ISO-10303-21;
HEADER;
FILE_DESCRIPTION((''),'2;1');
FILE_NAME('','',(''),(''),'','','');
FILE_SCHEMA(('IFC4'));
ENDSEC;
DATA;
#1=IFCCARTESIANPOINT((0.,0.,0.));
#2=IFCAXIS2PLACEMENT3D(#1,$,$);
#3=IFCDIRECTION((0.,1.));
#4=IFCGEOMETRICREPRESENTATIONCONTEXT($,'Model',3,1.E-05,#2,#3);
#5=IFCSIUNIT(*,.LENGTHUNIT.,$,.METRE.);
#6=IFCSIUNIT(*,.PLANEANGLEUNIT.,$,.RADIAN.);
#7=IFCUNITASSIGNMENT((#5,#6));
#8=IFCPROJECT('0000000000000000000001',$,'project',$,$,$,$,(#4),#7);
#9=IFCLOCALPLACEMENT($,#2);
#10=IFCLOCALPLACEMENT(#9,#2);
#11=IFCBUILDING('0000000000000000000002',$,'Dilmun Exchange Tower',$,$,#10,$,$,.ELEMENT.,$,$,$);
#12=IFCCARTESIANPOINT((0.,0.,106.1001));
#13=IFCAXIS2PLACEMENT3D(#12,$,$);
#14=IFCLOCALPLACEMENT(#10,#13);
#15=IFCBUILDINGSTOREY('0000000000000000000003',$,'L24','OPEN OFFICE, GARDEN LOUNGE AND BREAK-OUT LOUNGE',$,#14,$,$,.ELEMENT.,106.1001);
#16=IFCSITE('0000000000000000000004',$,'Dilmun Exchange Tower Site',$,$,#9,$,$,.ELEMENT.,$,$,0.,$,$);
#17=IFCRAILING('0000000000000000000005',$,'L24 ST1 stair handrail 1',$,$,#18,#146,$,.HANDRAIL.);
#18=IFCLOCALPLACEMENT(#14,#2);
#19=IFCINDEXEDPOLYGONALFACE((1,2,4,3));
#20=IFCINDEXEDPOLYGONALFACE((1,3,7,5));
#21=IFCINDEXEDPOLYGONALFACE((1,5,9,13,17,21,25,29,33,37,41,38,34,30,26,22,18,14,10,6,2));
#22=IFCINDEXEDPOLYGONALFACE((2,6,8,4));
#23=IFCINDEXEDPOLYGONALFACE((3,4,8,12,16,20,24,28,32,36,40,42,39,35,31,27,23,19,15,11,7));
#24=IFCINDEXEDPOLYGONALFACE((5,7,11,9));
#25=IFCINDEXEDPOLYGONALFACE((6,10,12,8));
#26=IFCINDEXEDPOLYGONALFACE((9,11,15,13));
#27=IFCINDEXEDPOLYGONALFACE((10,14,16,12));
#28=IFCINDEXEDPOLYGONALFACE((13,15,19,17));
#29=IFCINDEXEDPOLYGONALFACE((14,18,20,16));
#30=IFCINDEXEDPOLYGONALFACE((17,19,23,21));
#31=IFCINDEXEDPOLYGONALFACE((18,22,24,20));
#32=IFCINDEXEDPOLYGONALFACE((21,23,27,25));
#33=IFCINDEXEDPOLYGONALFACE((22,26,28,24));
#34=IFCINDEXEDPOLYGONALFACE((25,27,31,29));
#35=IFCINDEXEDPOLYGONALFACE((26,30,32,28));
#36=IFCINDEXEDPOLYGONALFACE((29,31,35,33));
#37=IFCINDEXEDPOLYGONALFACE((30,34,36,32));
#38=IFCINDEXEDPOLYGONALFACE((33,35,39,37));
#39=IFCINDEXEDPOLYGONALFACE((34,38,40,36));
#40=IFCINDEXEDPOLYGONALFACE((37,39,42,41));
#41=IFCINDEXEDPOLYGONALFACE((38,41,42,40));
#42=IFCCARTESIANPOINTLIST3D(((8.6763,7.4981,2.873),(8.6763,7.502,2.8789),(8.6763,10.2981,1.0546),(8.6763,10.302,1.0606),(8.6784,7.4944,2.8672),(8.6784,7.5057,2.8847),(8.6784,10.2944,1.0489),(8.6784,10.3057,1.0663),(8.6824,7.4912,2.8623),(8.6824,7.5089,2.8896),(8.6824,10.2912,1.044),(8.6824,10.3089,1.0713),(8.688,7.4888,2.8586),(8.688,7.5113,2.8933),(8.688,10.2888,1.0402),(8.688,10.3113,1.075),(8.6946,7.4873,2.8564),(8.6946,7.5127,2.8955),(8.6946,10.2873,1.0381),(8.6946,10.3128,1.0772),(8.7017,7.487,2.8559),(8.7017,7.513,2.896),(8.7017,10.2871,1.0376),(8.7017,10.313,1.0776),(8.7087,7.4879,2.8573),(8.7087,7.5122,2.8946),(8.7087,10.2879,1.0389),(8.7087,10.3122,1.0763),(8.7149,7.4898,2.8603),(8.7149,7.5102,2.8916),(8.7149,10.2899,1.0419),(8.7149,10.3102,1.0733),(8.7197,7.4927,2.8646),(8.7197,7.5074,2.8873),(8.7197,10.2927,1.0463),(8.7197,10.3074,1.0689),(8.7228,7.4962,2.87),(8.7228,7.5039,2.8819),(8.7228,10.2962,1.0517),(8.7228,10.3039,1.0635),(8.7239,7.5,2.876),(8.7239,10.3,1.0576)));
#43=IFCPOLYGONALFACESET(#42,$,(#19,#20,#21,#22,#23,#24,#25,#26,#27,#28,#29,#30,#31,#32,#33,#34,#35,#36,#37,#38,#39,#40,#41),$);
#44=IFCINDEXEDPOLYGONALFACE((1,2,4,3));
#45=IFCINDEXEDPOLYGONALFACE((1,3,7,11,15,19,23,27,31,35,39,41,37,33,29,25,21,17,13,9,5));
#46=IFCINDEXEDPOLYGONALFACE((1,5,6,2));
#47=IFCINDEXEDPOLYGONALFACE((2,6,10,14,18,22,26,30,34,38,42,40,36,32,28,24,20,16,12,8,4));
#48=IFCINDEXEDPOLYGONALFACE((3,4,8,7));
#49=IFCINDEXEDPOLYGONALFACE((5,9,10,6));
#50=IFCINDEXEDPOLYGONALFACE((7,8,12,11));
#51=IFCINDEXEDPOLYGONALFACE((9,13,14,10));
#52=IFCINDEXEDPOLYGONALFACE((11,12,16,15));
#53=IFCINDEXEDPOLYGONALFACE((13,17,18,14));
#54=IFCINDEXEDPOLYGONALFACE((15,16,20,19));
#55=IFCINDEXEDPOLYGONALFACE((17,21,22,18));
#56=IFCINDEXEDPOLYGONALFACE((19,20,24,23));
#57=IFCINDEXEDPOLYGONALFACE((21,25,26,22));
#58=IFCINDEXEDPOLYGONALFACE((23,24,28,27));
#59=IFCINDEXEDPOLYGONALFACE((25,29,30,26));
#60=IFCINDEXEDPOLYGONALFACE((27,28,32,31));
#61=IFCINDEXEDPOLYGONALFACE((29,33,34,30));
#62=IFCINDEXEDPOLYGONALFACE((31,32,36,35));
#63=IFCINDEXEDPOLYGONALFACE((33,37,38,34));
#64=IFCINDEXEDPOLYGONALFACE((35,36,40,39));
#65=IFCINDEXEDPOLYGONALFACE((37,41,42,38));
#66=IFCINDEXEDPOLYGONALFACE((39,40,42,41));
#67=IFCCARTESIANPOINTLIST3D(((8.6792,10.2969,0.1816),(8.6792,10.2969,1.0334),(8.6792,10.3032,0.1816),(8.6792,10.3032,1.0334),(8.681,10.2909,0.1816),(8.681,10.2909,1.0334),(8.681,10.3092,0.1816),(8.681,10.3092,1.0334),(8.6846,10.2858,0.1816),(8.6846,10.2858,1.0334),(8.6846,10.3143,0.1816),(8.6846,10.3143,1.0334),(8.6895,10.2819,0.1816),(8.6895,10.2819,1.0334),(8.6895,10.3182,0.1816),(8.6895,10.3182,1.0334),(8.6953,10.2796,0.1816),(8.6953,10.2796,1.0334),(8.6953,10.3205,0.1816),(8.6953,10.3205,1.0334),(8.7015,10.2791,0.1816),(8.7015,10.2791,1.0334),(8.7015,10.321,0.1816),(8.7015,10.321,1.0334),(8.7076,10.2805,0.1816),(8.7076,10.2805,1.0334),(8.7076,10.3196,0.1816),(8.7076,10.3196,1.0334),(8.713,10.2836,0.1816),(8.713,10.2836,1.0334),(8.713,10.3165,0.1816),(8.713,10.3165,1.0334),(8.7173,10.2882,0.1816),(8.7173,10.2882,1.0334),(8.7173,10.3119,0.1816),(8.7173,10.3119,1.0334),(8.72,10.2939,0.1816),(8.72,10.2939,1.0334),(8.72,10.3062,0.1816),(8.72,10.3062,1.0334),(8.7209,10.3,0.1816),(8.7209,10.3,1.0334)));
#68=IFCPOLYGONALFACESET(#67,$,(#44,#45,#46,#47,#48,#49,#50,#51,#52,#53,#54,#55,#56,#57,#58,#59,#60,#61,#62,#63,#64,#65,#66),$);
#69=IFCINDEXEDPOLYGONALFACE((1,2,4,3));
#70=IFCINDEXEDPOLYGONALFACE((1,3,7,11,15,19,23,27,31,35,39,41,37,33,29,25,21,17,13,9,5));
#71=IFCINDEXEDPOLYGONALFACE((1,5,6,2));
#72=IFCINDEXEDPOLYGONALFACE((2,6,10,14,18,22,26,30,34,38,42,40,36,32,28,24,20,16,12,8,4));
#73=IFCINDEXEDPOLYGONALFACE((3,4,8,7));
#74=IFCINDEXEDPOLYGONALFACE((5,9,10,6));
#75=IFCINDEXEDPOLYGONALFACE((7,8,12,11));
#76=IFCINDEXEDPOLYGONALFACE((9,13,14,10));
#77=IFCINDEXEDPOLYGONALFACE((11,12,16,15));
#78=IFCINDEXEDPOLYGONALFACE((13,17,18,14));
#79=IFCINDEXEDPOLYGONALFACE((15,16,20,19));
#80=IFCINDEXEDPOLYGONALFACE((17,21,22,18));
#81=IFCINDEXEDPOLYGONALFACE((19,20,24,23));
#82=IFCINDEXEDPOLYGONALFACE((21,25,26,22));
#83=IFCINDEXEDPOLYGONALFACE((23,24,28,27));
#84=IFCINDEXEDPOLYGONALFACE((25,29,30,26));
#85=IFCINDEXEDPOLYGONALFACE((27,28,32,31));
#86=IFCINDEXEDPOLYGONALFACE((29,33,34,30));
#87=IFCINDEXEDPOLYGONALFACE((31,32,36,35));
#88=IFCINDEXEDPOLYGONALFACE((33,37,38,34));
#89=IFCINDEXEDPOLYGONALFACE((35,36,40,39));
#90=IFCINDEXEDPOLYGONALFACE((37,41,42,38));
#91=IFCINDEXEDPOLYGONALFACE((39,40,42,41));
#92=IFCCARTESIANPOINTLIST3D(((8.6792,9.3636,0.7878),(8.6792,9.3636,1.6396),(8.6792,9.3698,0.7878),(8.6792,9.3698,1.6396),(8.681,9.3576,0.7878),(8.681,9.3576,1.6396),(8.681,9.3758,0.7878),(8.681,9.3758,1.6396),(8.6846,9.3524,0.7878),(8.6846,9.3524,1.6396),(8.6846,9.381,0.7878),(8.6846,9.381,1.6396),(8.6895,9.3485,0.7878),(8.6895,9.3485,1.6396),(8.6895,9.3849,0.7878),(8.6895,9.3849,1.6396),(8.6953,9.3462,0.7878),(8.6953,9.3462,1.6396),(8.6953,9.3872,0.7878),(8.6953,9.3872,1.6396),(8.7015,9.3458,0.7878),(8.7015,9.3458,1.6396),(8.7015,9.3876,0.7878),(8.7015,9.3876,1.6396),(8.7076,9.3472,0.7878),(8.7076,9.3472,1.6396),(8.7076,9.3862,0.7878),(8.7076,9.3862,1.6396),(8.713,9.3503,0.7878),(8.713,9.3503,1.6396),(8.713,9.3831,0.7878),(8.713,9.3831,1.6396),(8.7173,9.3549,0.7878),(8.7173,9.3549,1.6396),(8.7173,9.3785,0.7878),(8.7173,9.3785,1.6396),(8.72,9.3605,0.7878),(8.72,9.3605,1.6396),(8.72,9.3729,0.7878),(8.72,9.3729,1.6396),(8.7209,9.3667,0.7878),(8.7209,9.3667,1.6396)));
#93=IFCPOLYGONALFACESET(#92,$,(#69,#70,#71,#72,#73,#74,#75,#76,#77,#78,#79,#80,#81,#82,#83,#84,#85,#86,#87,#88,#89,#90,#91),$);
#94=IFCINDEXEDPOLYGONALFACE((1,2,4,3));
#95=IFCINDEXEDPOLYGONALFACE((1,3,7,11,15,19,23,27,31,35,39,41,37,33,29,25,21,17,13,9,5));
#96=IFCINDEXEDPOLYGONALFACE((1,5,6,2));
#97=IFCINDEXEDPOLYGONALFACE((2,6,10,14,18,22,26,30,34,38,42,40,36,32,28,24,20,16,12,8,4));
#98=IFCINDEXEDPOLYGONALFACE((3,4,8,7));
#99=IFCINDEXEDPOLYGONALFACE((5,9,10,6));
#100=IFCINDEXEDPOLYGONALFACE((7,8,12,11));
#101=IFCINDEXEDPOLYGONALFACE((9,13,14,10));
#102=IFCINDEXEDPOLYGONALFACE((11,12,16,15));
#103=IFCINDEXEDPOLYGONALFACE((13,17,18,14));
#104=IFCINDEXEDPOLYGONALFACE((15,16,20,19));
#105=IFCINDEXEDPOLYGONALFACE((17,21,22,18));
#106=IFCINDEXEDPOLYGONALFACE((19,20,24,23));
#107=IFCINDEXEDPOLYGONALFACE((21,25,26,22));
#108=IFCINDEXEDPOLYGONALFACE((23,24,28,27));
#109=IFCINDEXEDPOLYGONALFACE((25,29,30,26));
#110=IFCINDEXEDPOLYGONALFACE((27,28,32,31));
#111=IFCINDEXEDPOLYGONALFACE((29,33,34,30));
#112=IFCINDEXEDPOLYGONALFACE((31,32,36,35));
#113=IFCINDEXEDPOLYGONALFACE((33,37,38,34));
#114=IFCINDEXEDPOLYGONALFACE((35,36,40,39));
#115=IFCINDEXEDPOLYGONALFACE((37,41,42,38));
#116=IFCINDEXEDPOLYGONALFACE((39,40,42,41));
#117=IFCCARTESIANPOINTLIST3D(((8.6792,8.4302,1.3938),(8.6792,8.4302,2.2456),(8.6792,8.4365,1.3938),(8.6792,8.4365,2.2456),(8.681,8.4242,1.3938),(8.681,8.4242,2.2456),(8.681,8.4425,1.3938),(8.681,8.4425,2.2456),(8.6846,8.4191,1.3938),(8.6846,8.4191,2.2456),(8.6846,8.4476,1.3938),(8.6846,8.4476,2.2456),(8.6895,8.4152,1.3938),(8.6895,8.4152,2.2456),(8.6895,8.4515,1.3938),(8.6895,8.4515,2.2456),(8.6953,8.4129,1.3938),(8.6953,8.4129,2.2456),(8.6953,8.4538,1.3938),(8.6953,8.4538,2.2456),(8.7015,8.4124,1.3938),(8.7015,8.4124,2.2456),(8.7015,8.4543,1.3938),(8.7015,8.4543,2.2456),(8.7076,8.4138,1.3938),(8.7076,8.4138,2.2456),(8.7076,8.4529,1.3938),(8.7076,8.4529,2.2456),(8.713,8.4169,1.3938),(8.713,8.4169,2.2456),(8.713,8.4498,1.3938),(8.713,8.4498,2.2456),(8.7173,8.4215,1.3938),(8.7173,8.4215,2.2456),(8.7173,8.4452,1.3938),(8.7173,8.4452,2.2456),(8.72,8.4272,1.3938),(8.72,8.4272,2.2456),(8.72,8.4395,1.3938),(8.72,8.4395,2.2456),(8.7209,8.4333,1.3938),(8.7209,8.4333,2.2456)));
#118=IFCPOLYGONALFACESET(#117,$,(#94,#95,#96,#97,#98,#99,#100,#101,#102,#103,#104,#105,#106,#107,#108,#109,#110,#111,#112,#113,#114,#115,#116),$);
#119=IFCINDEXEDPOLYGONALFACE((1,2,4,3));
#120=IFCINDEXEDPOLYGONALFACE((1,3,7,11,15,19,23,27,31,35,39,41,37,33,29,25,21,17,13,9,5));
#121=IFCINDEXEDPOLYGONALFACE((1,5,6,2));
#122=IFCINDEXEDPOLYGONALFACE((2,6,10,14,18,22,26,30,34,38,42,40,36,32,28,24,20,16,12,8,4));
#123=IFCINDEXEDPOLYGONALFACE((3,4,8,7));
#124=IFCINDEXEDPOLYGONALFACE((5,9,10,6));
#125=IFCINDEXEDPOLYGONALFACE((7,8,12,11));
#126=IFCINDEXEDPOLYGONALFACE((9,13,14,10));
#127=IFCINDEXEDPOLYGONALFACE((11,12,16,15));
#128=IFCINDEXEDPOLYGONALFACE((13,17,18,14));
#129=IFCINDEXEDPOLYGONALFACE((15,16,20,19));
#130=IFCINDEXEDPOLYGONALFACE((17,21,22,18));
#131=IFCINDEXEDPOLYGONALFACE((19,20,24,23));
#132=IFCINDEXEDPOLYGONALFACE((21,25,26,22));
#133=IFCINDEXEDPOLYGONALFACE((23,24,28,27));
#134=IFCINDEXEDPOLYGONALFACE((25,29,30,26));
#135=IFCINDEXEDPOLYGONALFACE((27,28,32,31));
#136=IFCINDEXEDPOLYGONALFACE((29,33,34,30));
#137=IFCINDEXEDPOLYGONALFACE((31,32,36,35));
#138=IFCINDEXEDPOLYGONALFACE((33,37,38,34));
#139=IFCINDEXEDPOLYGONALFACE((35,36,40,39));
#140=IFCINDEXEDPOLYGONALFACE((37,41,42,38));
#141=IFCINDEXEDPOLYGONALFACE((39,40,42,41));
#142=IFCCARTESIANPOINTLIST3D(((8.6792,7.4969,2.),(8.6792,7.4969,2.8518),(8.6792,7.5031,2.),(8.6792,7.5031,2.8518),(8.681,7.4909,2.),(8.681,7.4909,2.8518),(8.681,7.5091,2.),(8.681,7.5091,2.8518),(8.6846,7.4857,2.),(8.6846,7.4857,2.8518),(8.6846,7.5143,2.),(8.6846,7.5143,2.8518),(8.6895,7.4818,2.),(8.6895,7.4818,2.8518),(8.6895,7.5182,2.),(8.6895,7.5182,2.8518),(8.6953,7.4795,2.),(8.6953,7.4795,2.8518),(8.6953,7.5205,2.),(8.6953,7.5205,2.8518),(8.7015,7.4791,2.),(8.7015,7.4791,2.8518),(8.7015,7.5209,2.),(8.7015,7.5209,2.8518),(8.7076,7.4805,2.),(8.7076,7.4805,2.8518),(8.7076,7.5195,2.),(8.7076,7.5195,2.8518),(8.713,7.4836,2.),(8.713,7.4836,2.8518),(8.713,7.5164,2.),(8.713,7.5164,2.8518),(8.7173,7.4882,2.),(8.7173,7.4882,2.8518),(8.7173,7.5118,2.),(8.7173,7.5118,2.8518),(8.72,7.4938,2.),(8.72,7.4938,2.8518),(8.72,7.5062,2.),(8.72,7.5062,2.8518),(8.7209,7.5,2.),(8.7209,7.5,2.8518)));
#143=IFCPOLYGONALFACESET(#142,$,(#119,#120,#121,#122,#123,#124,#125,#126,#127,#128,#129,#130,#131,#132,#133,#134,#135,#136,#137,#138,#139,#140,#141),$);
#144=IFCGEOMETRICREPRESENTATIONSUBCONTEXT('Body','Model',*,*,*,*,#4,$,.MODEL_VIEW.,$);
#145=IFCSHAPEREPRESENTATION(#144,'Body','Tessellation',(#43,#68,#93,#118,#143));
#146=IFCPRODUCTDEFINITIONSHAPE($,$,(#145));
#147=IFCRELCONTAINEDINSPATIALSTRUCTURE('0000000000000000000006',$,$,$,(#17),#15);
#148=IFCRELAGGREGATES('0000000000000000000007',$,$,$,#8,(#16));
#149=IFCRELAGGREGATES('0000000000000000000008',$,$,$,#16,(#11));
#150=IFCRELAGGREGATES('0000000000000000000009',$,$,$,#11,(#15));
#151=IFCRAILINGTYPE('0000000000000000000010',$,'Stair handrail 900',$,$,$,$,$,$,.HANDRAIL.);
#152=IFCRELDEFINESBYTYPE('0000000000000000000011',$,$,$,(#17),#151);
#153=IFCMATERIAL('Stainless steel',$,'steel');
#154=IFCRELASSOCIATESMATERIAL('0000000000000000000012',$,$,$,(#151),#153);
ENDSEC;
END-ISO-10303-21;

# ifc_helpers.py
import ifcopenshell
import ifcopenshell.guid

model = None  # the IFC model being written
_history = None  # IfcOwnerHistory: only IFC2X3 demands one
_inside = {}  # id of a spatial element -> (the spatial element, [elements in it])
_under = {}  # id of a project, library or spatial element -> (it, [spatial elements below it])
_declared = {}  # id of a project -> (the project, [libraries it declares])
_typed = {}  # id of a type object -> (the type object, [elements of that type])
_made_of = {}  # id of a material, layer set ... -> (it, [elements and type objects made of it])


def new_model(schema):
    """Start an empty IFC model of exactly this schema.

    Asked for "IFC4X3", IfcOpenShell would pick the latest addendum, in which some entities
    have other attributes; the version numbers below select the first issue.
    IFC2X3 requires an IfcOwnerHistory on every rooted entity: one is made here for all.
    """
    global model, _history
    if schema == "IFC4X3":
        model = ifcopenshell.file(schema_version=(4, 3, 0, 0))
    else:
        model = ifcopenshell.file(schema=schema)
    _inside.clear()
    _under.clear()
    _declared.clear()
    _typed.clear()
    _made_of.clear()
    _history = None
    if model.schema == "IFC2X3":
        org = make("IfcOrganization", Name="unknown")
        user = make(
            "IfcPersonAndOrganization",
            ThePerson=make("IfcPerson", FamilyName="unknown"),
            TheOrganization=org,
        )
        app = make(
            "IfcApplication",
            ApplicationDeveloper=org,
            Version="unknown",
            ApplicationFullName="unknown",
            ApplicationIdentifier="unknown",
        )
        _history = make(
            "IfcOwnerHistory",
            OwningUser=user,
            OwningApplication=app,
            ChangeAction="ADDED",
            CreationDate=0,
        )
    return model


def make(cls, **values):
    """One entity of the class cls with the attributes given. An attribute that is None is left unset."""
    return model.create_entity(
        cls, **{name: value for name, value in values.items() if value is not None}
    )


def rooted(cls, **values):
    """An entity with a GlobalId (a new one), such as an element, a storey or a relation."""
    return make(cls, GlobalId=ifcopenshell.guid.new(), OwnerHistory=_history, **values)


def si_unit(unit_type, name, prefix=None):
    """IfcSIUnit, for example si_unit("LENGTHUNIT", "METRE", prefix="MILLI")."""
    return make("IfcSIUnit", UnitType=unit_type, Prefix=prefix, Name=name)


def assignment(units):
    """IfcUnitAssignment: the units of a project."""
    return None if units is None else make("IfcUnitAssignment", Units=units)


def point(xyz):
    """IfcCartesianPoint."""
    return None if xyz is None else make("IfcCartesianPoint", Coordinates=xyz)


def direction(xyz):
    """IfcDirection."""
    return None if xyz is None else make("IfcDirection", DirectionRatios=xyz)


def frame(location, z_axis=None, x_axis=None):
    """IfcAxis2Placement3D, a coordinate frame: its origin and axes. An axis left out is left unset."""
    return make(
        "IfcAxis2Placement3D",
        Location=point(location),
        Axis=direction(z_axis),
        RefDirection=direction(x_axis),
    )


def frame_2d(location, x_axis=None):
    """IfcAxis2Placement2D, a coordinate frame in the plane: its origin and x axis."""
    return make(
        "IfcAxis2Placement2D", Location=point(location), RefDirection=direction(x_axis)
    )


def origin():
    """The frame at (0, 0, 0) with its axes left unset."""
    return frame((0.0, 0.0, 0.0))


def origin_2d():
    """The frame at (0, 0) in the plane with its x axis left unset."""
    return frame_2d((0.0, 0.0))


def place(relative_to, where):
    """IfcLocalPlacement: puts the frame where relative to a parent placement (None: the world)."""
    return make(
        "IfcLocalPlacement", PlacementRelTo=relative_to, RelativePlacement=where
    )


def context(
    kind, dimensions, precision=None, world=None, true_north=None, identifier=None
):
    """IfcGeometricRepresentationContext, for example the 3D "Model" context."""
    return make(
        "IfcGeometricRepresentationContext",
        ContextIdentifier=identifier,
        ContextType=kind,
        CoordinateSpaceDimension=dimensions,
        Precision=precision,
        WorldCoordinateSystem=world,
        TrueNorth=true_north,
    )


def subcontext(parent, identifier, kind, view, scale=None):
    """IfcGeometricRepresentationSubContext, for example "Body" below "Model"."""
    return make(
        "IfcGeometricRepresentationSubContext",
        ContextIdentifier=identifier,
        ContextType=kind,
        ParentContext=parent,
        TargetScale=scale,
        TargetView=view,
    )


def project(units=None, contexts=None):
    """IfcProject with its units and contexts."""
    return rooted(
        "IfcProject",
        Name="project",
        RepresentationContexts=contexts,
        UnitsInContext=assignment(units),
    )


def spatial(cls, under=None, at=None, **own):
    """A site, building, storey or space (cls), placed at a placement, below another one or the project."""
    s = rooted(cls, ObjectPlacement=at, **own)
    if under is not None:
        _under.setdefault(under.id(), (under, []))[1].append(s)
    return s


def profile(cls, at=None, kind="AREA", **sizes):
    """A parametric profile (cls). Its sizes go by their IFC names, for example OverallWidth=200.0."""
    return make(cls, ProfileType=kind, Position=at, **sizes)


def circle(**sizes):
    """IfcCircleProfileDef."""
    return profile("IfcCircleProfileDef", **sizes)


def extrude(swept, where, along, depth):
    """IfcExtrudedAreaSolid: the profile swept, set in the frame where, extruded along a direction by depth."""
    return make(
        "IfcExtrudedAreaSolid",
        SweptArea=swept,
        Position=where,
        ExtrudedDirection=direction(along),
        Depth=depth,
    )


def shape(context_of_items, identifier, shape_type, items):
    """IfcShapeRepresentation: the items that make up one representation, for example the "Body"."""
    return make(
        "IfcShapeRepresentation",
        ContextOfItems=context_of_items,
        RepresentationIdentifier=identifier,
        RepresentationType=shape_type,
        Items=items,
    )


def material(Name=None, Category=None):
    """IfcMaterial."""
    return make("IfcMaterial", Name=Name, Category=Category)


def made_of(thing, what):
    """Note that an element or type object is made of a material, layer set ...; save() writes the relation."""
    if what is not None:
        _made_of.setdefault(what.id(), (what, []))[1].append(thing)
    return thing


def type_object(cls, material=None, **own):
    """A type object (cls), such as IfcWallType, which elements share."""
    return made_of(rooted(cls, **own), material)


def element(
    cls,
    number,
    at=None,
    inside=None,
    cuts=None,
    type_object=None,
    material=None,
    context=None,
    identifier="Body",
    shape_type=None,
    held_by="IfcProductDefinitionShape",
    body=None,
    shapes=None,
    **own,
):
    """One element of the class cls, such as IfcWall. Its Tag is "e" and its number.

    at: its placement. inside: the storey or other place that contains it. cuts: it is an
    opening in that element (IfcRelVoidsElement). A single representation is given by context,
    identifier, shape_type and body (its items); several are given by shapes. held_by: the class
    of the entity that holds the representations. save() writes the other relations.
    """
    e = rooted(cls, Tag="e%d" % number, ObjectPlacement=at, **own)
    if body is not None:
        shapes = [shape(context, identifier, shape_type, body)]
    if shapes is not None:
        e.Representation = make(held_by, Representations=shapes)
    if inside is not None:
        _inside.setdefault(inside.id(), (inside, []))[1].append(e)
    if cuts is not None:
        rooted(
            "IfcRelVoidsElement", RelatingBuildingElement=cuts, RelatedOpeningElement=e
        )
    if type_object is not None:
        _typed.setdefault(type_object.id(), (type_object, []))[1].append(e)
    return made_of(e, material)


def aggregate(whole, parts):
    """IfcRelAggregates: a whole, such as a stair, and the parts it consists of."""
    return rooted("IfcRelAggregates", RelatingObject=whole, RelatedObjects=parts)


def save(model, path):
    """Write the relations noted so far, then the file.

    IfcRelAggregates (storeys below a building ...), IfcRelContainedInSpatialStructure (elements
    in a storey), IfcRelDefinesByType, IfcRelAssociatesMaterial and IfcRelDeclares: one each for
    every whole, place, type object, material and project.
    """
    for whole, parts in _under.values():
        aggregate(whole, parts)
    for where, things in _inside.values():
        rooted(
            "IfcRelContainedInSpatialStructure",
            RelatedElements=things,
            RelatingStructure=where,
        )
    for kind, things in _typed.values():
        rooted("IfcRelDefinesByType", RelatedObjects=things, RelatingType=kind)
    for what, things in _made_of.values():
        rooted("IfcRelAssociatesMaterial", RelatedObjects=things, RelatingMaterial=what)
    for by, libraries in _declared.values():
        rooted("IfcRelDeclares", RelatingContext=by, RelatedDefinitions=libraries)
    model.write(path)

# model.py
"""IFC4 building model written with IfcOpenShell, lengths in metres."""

from ifc_helpers import new_model, si_unit, direction, frame, origin, origin_2d, place, context, subcontext, project, spatial, circle, extrude, material, type_object, element, save


model = new_model("IFC4")

# Units and contexts
model_context = context("Model", 3, precision=1e-05, world=origin(), true_north=direction((0.0, 1.0)))
body_context = subcontext(model_context, "Body", "Model", "MODEL_VIEW")
ifc_project = project(units=[si_unit("LENGTHUNIT", "METRE"), si_unit("PLANEANGLEUNIT", "RADIAN")], contexts=[model_context])

# Site, building, storey
site_placement = place(None, origin())
site = spatial("IfcSite", under=ifc_project, at=site_placement, Name="Dilmun Exchange Tower Site", CompositionType="ELEMENT", RefElevation=0.0)
building_placement = place(site_placement, origin())
building = spatial("IfcBuilding", under=site, at=building_placement, Name="Dilmun Exchange Tower", CompositionType="ELEMENT")
storey_placement = place(building_placement, frame((0.0, 0.0, 106.1001)))
storey = spatial("IfcBuildingStorey", under=building, at=storey_placement, Name="L24", Description="OPEN OFFICE, GARDEN LOUNGE AND BREAK-OUT LOUNGE", CompositionType="ELEMENT", Elevation=106.1001)

# Railing
ifc_material_1 = material(Name="Stainless steel", Category="steel")
railing_type = type_object("IfcRailingType", Name="Stair handrail 900", PredefinedType="HANDRAIL", material=ifc_material_1)
railing_1_placement = place(storey_placement, frame((8.7, 10.3, 0.1816)))
element("IfcRailing", 1, at=railing_1_placement, inside=storey, type_object=railing_type, Name="L24 ST1 stair handrail 1", PredefinedType="HANDRAIL", context=body_context, shape_type="SweptSolid", body=[
    extrude(circle(Radius=0.0239, at=origin_2d()), frame((0.0, 0.0, 0.876), z_axis=(0.0, -0.838672, 0.544636), x_axis=(1.0, 0.0, 0.0)), (0.0, 0.0, 1.0), 3.3386),
    extrude(circle(Radius=0.021, at=origin_2d()), origin(), (0.0, 0.0, 1.0), 0.8518),
    extrude(circle(Radius=0.021, at=origin_2d()), frame((0.0, -0.9333, 0.6062)), (0.0, 0.0, 1.0), 0.8518),
    extrude(circle(Radius=0.021, at=origin_2d()), frame((0.0, -1.8667, 1.2122)), (0.0, 0.0, 1.0), 0.8518),
    extrude(circle(Radius=0.021, at=origin_2d()), frame((0.0, -2.8, 1.8184)), (0.0, 0.0, 1.0), 0.8518),
])

save(model, "model.ifc")
